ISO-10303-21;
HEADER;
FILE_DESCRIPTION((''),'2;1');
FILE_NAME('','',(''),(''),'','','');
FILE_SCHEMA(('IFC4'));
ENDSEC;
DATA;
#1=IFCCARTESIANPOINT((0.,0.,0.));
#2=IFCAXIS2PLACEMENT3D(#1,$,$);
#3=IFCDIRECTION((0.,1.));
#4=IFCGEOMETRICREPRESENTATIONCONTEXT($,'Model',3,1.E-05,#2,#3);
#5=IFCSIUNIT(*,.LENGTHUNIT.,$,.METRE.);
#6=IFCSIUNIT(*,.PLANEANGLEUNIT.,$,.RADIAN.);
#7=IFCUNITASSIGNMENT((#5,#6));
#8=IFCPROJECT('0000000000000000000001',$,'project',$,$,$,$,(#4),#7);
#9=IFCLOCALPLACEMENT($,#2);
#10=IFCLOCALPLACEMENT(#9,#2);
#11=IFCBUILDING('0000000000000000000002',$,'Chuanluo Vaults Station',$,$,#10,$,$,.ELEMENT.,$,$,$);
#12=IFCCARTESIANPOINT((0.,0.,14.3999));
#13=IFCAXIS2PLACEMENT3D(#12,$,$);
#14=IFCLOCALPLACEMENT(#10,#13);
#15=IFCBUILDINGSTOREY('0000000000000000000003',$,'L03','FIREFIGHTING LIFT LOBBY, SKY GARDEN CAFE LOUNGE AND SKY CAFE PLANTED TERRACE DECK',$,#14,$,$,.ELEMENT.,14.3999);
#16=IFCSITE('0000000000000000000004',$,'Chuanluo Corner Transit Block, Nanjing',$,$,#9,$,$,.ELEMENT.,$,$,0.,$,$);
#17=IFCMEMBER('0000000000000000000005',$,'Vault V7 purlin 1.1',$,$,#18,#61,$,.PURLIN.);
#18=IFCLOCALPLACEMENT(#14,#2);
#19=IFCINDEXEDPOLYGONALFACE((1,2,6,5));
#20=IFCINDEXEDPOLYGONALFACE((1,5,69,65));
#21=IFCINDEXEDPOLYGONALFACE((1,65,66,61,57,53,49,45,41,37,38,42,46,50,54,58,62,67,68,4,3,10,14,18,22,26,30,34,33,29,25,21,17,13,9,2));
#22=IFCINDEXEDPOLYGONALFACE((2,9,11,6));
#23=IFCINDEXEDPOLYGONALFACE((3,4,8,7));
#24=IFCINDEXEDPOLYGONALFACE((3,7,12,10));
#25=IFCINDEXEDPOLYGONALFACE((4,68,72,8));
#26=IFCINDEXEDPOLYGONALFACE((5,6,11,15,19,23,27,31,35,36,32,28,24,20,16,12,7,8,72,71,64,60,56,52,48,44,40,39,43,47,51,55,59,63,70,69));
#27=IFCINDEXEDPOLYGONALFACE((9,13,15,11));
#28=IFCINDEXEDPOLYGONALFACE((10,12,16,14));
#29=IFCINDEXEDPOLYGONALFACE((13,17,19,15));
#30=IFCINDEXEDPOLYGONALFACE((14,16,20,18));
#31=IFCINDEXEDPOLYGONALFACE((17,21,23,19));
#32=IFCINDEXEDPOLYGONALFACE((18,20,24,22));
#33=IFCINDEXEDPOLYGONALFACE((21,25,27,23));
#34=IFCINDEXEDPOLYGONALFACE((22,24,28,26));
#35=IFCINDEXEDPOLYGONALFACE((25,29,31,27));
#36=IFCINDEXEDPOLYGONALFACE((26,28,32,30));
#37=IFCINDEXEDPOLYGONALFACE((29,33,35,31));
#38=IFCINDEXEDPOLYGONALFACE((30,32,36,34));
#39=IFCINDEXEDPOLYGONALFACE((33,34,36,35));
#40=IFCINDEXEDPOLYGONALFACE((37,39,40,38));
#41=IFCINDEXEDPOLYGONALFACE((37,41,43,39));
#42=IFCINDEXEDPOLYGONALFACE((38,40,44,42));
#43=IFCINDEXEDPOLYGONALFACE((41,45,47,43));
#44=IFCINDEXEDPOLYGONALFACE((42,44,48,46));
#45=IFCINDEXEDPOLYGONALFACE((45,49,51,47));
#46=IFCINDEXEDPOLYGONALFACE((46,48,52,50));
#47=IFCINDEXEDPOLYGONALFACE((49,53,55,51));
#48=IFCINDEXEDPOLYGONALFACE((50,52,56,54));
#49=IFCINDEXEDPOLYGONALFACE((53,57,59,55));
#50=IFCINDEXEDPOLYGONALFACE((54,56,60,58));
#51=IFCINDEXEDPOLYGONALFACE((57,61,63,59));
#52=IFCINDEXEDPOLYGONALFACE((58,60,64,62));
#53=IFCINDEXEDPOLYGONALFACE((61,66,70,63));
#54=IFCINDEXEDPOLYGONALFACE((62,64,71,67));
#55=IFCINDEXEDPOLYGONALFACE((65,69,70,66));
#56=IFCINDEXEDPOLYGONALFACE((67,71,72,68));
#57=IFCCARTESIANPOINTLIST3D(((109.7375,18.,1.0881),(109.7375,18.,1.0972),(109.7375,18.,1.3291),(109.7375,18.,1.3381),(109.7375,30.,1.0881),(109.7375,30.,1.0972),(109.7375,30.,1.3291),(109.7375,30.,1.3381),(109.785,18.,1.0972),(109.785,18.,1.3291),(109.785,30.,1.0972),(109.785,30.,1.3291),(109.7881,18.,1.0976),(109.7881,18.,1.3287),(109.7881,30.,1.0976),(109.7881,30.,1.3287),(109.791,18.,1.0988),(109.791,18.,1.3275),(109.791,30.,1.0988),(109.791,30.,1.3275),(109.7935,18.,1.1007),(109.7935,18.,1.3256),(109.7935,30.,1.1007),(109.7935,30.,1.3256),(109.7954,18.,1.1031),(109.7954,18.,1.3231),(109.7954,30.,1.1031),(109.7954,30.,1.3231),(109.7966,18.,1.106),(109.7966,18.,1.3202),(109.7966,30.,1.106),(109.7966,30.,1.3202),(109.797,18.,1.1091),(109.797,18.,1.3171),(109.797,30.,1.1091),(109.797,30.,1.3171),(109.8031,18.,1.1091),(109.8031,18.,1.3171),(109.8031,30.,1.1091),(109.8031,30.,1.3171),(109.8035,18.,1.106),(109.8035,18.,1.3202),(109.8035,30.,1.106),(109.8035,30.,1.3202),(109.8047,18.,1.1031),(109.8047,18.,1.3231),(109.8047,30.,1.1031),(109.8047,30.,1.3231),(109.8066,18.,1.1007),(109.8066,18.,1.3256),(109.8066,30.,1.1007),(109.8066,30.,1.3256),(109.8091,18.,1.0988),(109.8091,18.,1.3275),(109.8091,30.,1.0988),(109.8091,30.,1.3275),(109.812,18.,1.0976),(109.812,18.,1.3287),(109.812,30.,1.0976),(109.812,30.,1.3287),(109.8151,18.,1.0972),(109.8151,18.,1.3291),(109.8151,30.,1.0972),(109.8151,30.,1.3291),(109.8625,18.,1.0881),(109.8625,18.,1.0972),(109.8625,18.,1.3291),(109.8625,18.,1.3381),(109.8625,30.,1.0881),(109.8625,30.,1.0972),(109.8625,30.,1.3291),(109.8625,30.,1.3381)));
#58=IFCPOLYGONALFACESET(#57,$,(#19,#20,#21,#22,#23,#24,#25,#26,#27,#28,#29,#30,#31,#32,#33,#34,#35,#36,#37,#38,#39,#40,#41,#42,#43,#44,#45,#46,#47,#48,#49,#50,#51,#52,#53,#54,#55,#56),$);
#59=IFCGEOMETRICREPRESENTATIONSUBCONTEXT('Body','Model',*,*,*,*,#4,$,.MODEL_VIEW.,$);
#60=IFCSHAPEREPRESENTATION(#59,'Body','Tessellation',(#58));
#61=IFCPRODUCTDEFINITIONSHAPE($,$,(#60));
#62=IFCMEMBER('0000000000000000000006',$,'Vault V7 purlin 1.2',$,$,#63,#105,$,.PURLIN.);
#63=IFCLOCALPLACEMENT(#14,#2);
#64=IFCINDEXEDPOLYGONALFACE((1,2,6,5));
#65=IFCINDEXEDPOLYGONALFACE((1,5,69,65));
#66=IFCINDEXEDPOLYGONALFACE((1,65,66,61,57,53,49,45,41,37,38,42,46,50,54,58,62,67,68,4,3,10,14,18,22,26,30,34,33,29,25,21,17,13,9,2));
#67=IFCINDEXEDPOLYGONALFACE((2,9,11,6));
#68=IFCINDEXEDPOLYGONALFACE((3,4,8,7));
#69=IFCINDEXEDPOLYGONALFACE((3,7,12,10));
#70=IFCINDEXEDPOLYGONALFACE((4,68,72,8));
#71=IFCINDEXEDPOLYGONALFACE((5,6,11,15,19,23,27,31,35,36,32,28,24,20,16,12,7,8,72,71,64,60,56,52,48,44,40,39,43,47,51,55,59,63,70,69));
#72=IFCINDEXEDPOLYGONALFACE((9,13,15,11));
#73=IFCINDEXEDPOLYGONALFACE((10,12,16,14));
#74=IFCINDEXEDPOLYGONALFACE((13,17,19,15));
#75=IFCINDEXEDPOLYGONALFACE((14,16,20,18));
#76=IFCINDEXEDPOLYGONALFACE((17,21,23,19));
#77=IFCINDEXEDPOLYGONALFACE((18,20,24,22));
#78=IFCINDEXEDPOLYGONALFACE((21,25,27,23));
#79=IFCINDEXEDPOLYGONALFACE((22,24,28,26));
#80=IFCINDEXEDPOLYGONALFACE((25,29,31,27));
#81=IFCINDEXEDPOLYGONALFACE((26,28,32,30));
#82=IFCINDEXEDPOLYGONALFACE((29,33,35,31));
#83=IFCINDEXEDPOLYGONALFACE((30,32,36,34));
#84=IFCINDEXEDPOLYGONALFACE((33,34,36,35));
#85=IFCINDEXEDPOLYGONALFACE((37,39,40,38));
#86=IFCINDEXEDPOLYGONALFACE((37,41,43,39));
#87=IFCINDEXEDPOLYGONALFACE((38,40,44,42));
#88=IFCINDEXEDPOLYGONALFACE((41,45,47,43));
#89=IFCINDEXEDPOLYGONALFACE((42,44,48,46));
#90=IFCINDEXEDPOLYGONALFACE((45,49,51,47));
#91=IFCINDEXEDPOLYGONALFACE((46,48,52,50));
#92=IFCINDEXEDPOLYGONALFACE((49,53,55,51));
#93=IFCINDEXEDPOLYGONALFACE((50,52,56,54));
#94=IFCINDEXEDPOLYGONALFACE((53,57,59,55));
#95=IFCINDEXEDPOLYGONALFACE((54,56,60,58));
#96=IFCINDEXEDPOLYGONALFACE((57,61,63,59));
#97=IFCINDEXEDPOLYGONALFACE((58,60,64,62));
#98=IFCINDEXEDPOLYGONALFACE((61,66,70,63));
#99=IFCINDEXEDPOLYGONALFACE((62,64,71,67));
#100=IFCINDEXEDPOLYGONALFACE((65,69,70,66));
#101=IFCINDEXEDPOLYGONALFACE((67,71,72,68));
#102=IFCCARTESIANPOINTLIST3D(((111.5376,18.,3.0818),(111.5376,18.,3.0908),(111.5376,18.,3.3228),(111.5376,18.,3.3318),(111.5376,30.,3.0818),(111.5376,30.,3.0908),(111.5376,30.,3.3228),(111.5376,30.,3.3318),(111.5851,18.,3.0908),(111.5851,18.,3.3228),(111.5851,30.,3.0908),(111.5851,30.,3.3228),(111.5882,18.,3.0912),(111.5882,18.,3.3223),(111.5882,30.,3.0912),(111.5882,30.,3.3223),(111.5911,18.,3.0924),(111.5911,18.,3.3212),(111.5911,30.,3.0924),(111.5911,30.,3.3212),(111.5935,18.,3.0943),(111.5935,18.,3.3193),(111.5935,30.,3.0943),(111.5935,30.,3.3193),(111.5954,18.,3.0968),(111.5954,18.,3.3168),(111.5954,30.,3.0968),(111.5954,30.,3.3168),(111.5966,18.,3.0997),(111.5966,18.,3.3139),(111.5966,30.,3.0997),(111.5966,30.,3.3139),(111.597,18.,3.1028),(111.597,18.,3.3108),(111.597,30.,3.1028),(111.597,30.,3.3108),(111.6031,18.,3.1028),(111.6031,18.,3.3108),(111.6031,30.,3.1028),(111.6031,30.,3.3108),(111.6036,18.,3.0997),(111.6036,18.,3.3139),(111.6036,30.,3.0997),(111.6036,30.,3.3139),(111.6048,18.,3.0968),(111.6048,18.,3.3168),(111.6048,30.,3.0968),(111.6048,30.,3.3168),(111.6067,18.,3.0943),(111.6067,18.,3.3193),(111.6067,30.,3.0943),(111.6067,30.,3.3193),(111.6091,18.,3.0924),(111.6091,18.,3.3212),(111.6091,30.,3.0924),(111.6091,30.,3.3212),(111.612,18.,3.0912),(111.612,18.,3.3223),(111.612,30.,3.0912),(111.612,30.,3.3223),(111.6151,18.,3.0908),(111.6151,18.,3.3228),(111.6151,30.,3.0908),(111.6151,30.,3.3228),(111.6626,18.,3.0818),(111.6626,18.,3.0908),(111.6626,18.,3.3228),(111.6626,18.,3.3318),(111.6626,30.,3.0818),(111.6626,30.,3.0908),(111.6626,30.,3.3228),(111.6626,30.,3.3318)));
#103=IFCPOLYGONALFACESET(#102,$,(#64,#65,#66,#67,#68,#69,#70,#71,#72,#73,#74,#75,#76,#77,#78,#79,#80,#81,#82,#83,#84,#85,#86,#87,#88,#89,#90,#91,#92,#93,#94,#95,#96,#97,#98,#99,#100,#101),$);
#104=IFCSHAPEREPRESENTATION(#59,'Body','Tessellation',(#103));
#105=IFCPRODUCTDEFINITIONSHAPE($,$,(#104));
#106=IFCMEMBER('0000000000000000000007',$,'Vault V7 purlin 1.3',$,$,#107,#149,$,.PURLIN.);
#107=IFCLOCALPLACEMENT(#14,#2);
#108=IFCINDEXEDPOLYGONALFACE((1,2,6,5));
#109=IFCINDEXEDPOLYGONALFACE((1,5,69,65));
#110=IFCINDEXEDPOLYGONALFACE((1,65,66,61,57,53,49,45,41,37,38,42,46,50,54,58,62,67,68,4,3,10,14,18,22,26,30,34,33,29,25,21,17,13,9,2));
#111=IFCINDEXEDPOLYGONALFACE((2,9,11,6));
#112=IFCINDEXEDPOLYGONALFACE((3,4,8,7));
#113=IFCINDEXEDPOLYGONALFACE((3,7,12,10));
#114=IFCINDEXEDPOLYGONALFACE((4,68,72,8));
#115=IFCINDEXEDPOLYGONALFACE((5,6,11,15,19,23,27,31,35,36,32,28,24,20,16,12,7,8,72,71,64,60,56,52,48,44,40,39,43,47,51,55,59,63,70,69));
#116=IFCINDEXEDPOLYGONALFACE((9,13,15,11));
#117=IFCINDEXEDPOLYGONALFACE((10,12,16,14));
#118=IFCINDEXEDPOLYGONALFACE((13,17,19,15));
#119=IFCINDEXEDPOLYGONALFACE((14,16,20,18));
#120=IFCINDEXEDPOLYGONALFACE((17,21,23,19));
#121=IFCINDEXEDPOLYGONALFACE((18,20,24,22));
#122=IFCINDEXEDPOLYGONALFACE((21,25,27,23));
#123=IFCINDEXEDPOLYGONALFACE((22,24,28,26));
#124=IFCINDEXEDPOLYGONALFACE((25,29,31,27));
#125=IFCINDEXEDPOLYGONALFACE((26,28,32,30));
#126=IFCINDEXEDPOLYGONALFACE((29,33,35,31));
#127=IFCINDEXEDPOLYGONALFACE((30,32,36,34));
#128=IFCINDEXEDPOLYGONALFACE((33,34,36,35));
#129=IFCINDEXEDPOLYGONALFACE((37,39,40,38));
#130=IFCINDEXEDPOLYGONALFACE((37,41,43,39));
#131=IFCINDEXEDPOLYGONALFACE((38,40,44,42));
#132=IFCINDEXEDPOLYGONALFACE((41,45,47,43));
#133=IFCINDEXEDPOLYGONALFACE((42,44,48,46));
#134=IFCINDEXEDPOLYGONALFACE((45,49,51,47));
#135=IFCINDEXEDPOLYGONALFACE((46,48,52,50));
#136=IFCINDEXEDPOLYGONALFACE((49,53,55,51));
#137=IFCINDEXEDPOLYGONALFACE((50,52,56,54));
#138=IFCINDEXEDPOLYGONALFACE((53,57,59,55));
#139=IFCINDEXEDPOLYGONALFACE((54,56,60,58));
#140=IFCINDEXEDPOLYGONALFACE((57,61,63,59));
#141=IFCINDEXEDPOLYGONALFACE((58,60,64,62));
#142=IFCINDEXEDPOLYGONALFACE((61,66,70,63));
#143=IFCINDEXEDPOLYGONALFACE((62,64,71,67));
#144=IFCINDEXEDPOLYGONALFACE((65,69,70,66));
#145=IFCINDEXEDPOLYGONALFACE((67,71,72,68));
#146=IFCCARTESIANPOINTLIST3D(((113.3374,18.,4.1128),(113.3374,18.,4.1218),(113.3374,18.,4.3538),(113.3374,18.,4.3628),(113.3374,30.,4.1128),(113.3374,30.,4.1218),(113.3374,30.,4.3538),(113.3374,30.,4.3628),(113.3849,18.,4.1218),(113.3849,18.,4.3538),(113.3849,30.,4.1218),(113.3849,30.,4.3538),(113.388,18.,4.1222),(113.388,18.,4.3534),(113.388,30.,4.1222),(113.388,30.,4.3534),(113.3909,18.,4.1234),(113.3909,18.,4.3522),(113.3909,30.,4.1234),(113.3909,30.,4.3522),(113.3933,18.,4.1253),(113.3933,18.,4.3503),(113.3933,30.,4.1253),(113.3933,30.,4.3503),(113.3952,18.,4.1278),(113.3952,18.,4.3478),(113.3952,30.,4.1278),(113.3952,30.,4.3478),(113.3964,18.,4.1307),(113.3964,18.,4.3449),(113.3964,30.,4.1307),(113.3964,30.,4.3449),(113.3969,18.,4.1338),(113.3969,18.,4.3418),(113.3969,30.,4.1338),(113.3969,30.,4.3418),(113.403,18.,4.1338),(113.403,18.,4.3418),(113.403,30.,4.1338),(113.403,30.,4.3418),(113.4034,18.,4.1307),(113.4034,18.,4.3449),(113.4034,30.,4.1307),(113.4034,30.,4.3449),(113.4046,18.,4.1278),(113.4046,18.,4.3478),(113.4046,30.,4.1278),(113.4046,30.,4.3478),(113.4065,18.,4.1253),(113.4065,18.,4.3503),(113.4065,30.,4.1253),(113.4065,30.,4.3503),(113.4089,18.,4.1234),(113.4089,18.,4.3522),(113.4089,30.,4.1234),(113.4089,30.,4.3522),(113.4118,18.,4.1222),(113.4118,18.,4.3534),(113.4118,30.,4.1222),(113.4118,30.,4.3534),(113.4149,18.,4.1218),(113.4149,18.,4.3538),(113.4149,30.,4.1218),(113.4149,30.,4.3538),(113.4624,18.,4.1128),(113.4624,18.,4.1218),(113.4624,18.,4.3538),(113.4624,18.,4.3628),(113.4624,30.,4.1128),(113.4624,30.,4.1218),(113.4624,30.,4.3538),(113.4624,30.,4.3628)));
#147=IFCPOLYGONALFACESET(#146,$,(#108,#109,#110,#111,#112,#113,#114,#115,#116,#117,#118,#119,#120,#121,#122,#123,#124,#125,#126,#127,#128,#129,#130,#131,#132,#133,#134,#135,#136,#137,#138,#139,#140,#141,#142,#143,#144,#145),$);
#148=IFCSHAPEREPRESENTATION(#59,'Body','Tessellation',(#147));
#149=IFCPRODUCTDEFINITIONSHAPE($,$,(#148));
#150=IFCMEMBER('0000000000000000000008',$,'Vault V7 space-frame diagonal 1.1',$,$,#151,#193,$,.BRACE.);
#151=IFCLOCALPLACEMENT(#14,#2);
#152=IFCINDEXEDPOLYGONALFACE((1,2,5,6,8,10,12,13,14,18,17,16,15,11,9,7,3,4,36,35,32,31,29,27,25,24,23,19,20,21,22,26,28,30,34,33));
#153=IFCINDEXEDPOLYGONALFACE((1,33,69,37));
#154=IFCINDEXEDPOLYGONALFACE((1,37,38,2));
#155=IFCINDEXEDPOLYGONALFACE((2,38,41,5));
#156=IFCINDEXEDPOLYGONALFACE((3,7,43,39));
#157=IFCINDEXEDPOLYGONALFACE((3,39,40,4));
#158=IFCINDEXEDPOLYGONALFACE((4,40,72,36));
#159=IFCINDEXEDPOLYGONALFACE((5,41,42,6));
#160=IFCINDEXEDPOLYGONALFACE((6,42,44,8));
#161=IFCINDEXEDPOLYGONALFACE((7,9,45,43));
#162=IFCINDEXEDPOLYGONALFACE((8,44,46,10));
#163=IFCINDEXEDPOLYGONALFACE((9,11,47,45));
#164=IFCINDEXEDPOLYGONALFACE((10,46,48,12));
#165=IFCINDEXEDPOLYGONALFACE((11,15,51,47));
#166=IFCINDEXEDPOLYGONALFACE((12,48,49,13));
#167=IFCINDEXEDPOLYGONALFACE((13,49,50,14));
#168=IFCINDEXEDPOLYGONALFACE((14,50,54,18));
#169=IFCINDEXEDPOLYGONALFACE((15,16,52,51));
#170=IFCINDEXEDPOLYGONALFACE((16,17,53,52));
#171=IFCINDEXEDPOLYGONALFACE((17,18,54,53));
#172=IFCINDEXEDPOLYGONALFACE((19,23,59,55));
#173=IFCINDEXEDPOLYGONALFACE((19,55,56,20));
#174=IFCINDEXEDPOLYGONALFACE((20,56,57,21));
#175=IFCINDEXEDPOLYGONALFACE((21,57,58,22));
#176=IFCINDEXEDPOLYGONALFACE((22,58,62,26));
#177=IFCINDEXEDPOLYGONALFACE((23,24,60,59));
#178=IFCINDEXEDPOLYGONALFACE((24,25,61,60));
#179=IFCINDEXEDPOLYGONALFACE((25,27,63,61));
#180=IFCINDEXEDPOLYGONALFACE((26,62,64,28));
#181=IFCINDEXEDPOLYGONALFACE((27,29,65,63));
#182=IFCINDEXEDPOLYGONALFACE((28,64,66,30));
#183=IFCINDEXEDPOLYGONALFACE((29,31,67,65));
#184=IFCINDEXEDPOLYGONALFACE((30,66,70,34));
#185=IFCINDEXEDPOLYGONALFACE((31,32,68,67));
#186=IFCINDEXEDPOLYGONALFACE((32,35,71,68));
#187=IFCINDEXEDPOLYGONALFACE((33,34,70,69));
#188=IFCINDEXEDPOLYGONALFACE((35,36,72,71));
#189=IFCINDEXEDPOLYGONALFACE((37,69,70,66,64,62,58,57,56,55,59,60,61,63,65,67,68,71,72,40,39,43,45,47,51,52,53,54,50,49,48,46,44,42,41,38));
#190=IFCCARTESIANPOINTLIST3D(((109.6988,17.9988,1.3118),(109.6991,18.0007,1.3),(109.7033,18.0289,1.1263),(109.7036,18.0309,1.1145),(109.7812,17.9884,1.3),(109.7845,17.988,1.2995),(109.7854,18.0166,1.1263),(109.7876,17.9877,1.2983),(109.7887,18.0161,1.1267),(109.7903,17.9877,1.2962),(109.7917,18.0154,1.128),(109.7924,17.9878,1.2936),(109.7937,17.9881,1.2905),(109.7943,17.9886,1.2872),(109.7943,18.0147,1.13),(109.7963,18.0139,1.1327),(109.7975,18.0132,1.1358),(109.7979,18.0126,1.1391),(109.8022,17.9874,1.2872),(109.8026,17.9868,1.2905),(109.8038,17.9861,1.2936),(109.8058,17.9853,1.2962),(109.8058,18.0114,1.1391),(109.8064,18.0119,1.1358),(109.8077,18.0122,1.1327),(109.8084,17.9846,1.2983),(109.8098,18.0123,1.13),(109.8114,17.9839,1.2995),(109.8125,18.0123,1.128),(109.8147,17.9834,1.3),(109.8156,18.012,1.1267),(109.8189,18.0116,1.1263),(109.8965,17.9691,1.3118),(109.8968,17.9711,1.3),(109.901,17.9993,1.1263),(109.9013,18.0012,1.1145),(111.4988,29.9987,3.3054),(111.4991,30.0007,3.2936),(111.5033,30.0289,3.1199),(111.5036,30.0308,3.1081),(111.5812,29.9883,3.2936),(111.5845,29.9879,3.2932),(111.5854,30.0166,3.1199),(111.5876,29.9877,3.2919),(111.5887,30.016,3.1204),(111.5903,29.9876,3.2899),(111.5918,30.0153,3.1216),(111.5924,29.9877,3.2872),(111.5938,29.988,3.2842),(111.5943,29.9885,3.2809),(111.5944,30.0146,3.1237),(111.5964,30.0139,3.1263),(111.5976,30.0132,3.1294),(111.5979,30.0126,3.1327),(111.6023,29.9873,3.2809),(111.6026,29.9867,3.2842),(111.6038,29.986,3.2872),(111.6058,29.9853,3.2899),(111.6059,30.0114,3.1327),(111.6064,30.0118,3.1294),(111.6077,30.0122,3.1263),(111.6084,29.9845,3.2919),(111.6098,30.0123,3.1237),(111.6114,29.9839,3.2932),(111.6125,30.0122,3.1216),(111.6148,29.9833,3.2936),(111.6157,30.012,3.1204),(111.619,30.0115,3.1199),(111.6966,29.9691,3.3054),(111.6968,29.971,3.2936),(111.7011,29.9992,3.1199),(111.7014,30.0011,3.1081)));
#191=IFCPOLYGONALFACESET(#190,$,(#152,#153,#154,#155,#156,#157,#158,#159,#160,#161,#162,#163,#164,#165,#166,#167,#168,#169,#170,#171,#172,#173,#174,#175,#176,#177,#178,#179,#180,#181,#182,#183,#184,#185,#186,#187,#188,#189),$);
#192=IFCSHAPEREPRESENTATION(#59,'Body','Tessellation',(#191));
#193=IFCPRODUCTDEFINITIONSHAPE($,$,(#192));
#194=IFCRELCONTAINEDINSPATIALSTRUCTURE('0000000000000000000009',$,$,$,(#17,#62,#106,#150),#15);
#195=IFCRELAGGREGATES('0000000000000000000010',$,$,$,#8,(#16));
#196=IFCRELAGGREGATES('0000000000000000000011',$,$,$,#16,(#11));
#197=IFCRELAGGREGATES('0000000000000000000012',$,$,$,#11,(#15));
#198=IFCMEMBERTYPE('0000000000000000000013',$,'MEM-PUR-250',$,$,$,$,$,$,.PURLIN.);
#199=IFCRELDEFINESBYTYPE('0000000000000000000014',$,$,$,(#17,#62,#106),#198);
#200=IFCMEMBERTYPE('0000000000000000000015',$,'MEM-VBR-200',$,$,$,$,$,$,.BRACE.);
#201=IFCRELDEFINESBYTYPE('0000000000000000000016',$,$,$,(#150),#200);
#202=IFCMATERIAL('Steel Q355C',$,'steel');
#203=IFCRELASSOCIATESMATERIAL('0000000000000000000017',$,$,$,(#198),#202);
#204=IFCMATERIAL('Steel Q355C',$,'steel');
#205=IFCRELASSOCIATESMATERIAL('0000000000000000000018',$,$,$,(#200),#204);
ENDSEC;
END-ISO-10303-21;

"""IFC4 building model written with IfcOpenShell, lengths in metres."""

from ifc_helpers import new_model, si_unit, direction, frame, origin, origin_2d, place, context, subcontext, project, spatial, i_section, extrude, material, material_profile, profile_set, type_object, element, save


model = new_model("IFC4")

# Units and contexts
model_context = context("Model", 3, precision=1e-05, world=origin(), true_north=direction((0.0, 1.0)))
body_context = subcontext(model_context, "Body", "Model", "MODEL_VIEW")
ifc_project = project(units=[si_unit("LENGTHUNIT", "METRE"), si_unit("PLANEANGLEUNIT", "RADIAN")], contexts=[model_context])

# Site, building, storey
site_placement = place(None, origin())
site = spatial("IfcSite", under=ifc_project, at=site_placement, Name="Chuanluo Corner Transit Block, Nanjing", CompositionType="ELEMENT", RefElevation=0.0)
building_placement = place(site_placement, origin())
building = spatial("IfcBuilding", under=site, at=building_placement, Name="Chuanluo Vaults Station", CompositionType="ELEMENT")
storey_placement = place(building_placement, frame((0.0, 0.0, 14.3999)))
storey = spatial("IfcBuildingStorey", under=building, at=storey_placement, Name="L03", Description="FIREFIGHTING LIFT LOBBY, SKY GARDEN CAFE LOUNGE AND SKY CAFE PLANTED TERRACE DECK", CompositionType="ELEMENT", Elevation=14.3999)

# Members
ifc_material_1 = material(Name="Steel Q355C", Category="steel")
ifc_material_profile_1 = material_profile(ifc_material_1, i_section(OverallWidth=0.125, OverallDepth=0.25, WebThickness=0.0061, FlangeThickness=0.009, FilletRadius=0.012, at=origin_2d()))
ifc_profile_set_1 = profile_set([ifc_material_profile_1], Name="Steel Q355C")
member_type_1 = type_object("IfcMemberType", Name="MEM-PUR-250", PredefinedType="PURLIN", material=ifc_profile_set_1)
for number, where, z_axis, x_axis, name in (
    (1, (109.8, 18.0, 1.2131), (0.0, 1.0, 0.0), (-1.0, 0.0, 0.0), "Vault V7 purlin 1.1"),
    (2, (111.6001, 18.0, 3.2068), (0.0, 1.0, 0.0), (-1.0, 0.0, 0.0), "Vault V7 purlin 1.2"),
    (3, (113.3999, 18.0, 4.2378), (0.0, 1.0, 0.0), (-1.0, 0.0, 0.0), "Vault V7 purlin 1.3"),
):
    element("IfcMember", number, at=place(storey_placement, frame(where, z_axis=z_axis, x_axis=x_axis)), inside=storey, type_object=member_type_1, Name=name, PredefinedType="PURLIN", context=body_context, shape_type="SweptSolid", body=[
        extrude(i_section(OverallWidth=0.125, OverallDepth=0.25, WebThickness=0.0061, FlangeThickness=0.009, FilletRadius=0.012, at=origin_2d()), origin(), (0.0, 0.0, 1.0), 12.0),
    ])
ifc_material_2 = material(Name="Steel Q355C", Category="steel")
ifc_material_profile_2 = material_profile(ifc_material_2, i_section(OverallWidth=0.2, OverallDepth=0.2, WebThickness=0.0081, FlangeThickness=0.012, FilletRadius=0.0129, at=origin_2d()))
ifc_profile_set_2 = profile_set([ifc_material_profile_2], Name="Steel Q355C")
member_type_2 = type_object("IfcMemberType", Name="MEM-VBR-200", PredefinedType="BRACE", material=ifc_profile_set_2)
member_placement = place(storey_placement, frame((109.8, 18.0, 1.2131), z_axis=(0.146382, 0.975852, 0.162126), x_axis=(-0.988936, 0.148344, 0.0)))
element("IfcMember", 4, at=member_placement, inside=storey, type_object=member_type_2, Name="Vault V7 space-frame diagonal 1.1", PredefinedType="BRACE", context=body_context, shape_type="SweptSolid", body=[
    extrude(i_section(OverallWidth=0.2, OverallDepth=0.2, WebThickness=0.0081, FlangeThickness=0.012, FilletRadius=0.0129, at=origin_2d()), origin(), (0.0, 0.0, 1.0), 12.2969),
])

save(model, "model.ifc")
